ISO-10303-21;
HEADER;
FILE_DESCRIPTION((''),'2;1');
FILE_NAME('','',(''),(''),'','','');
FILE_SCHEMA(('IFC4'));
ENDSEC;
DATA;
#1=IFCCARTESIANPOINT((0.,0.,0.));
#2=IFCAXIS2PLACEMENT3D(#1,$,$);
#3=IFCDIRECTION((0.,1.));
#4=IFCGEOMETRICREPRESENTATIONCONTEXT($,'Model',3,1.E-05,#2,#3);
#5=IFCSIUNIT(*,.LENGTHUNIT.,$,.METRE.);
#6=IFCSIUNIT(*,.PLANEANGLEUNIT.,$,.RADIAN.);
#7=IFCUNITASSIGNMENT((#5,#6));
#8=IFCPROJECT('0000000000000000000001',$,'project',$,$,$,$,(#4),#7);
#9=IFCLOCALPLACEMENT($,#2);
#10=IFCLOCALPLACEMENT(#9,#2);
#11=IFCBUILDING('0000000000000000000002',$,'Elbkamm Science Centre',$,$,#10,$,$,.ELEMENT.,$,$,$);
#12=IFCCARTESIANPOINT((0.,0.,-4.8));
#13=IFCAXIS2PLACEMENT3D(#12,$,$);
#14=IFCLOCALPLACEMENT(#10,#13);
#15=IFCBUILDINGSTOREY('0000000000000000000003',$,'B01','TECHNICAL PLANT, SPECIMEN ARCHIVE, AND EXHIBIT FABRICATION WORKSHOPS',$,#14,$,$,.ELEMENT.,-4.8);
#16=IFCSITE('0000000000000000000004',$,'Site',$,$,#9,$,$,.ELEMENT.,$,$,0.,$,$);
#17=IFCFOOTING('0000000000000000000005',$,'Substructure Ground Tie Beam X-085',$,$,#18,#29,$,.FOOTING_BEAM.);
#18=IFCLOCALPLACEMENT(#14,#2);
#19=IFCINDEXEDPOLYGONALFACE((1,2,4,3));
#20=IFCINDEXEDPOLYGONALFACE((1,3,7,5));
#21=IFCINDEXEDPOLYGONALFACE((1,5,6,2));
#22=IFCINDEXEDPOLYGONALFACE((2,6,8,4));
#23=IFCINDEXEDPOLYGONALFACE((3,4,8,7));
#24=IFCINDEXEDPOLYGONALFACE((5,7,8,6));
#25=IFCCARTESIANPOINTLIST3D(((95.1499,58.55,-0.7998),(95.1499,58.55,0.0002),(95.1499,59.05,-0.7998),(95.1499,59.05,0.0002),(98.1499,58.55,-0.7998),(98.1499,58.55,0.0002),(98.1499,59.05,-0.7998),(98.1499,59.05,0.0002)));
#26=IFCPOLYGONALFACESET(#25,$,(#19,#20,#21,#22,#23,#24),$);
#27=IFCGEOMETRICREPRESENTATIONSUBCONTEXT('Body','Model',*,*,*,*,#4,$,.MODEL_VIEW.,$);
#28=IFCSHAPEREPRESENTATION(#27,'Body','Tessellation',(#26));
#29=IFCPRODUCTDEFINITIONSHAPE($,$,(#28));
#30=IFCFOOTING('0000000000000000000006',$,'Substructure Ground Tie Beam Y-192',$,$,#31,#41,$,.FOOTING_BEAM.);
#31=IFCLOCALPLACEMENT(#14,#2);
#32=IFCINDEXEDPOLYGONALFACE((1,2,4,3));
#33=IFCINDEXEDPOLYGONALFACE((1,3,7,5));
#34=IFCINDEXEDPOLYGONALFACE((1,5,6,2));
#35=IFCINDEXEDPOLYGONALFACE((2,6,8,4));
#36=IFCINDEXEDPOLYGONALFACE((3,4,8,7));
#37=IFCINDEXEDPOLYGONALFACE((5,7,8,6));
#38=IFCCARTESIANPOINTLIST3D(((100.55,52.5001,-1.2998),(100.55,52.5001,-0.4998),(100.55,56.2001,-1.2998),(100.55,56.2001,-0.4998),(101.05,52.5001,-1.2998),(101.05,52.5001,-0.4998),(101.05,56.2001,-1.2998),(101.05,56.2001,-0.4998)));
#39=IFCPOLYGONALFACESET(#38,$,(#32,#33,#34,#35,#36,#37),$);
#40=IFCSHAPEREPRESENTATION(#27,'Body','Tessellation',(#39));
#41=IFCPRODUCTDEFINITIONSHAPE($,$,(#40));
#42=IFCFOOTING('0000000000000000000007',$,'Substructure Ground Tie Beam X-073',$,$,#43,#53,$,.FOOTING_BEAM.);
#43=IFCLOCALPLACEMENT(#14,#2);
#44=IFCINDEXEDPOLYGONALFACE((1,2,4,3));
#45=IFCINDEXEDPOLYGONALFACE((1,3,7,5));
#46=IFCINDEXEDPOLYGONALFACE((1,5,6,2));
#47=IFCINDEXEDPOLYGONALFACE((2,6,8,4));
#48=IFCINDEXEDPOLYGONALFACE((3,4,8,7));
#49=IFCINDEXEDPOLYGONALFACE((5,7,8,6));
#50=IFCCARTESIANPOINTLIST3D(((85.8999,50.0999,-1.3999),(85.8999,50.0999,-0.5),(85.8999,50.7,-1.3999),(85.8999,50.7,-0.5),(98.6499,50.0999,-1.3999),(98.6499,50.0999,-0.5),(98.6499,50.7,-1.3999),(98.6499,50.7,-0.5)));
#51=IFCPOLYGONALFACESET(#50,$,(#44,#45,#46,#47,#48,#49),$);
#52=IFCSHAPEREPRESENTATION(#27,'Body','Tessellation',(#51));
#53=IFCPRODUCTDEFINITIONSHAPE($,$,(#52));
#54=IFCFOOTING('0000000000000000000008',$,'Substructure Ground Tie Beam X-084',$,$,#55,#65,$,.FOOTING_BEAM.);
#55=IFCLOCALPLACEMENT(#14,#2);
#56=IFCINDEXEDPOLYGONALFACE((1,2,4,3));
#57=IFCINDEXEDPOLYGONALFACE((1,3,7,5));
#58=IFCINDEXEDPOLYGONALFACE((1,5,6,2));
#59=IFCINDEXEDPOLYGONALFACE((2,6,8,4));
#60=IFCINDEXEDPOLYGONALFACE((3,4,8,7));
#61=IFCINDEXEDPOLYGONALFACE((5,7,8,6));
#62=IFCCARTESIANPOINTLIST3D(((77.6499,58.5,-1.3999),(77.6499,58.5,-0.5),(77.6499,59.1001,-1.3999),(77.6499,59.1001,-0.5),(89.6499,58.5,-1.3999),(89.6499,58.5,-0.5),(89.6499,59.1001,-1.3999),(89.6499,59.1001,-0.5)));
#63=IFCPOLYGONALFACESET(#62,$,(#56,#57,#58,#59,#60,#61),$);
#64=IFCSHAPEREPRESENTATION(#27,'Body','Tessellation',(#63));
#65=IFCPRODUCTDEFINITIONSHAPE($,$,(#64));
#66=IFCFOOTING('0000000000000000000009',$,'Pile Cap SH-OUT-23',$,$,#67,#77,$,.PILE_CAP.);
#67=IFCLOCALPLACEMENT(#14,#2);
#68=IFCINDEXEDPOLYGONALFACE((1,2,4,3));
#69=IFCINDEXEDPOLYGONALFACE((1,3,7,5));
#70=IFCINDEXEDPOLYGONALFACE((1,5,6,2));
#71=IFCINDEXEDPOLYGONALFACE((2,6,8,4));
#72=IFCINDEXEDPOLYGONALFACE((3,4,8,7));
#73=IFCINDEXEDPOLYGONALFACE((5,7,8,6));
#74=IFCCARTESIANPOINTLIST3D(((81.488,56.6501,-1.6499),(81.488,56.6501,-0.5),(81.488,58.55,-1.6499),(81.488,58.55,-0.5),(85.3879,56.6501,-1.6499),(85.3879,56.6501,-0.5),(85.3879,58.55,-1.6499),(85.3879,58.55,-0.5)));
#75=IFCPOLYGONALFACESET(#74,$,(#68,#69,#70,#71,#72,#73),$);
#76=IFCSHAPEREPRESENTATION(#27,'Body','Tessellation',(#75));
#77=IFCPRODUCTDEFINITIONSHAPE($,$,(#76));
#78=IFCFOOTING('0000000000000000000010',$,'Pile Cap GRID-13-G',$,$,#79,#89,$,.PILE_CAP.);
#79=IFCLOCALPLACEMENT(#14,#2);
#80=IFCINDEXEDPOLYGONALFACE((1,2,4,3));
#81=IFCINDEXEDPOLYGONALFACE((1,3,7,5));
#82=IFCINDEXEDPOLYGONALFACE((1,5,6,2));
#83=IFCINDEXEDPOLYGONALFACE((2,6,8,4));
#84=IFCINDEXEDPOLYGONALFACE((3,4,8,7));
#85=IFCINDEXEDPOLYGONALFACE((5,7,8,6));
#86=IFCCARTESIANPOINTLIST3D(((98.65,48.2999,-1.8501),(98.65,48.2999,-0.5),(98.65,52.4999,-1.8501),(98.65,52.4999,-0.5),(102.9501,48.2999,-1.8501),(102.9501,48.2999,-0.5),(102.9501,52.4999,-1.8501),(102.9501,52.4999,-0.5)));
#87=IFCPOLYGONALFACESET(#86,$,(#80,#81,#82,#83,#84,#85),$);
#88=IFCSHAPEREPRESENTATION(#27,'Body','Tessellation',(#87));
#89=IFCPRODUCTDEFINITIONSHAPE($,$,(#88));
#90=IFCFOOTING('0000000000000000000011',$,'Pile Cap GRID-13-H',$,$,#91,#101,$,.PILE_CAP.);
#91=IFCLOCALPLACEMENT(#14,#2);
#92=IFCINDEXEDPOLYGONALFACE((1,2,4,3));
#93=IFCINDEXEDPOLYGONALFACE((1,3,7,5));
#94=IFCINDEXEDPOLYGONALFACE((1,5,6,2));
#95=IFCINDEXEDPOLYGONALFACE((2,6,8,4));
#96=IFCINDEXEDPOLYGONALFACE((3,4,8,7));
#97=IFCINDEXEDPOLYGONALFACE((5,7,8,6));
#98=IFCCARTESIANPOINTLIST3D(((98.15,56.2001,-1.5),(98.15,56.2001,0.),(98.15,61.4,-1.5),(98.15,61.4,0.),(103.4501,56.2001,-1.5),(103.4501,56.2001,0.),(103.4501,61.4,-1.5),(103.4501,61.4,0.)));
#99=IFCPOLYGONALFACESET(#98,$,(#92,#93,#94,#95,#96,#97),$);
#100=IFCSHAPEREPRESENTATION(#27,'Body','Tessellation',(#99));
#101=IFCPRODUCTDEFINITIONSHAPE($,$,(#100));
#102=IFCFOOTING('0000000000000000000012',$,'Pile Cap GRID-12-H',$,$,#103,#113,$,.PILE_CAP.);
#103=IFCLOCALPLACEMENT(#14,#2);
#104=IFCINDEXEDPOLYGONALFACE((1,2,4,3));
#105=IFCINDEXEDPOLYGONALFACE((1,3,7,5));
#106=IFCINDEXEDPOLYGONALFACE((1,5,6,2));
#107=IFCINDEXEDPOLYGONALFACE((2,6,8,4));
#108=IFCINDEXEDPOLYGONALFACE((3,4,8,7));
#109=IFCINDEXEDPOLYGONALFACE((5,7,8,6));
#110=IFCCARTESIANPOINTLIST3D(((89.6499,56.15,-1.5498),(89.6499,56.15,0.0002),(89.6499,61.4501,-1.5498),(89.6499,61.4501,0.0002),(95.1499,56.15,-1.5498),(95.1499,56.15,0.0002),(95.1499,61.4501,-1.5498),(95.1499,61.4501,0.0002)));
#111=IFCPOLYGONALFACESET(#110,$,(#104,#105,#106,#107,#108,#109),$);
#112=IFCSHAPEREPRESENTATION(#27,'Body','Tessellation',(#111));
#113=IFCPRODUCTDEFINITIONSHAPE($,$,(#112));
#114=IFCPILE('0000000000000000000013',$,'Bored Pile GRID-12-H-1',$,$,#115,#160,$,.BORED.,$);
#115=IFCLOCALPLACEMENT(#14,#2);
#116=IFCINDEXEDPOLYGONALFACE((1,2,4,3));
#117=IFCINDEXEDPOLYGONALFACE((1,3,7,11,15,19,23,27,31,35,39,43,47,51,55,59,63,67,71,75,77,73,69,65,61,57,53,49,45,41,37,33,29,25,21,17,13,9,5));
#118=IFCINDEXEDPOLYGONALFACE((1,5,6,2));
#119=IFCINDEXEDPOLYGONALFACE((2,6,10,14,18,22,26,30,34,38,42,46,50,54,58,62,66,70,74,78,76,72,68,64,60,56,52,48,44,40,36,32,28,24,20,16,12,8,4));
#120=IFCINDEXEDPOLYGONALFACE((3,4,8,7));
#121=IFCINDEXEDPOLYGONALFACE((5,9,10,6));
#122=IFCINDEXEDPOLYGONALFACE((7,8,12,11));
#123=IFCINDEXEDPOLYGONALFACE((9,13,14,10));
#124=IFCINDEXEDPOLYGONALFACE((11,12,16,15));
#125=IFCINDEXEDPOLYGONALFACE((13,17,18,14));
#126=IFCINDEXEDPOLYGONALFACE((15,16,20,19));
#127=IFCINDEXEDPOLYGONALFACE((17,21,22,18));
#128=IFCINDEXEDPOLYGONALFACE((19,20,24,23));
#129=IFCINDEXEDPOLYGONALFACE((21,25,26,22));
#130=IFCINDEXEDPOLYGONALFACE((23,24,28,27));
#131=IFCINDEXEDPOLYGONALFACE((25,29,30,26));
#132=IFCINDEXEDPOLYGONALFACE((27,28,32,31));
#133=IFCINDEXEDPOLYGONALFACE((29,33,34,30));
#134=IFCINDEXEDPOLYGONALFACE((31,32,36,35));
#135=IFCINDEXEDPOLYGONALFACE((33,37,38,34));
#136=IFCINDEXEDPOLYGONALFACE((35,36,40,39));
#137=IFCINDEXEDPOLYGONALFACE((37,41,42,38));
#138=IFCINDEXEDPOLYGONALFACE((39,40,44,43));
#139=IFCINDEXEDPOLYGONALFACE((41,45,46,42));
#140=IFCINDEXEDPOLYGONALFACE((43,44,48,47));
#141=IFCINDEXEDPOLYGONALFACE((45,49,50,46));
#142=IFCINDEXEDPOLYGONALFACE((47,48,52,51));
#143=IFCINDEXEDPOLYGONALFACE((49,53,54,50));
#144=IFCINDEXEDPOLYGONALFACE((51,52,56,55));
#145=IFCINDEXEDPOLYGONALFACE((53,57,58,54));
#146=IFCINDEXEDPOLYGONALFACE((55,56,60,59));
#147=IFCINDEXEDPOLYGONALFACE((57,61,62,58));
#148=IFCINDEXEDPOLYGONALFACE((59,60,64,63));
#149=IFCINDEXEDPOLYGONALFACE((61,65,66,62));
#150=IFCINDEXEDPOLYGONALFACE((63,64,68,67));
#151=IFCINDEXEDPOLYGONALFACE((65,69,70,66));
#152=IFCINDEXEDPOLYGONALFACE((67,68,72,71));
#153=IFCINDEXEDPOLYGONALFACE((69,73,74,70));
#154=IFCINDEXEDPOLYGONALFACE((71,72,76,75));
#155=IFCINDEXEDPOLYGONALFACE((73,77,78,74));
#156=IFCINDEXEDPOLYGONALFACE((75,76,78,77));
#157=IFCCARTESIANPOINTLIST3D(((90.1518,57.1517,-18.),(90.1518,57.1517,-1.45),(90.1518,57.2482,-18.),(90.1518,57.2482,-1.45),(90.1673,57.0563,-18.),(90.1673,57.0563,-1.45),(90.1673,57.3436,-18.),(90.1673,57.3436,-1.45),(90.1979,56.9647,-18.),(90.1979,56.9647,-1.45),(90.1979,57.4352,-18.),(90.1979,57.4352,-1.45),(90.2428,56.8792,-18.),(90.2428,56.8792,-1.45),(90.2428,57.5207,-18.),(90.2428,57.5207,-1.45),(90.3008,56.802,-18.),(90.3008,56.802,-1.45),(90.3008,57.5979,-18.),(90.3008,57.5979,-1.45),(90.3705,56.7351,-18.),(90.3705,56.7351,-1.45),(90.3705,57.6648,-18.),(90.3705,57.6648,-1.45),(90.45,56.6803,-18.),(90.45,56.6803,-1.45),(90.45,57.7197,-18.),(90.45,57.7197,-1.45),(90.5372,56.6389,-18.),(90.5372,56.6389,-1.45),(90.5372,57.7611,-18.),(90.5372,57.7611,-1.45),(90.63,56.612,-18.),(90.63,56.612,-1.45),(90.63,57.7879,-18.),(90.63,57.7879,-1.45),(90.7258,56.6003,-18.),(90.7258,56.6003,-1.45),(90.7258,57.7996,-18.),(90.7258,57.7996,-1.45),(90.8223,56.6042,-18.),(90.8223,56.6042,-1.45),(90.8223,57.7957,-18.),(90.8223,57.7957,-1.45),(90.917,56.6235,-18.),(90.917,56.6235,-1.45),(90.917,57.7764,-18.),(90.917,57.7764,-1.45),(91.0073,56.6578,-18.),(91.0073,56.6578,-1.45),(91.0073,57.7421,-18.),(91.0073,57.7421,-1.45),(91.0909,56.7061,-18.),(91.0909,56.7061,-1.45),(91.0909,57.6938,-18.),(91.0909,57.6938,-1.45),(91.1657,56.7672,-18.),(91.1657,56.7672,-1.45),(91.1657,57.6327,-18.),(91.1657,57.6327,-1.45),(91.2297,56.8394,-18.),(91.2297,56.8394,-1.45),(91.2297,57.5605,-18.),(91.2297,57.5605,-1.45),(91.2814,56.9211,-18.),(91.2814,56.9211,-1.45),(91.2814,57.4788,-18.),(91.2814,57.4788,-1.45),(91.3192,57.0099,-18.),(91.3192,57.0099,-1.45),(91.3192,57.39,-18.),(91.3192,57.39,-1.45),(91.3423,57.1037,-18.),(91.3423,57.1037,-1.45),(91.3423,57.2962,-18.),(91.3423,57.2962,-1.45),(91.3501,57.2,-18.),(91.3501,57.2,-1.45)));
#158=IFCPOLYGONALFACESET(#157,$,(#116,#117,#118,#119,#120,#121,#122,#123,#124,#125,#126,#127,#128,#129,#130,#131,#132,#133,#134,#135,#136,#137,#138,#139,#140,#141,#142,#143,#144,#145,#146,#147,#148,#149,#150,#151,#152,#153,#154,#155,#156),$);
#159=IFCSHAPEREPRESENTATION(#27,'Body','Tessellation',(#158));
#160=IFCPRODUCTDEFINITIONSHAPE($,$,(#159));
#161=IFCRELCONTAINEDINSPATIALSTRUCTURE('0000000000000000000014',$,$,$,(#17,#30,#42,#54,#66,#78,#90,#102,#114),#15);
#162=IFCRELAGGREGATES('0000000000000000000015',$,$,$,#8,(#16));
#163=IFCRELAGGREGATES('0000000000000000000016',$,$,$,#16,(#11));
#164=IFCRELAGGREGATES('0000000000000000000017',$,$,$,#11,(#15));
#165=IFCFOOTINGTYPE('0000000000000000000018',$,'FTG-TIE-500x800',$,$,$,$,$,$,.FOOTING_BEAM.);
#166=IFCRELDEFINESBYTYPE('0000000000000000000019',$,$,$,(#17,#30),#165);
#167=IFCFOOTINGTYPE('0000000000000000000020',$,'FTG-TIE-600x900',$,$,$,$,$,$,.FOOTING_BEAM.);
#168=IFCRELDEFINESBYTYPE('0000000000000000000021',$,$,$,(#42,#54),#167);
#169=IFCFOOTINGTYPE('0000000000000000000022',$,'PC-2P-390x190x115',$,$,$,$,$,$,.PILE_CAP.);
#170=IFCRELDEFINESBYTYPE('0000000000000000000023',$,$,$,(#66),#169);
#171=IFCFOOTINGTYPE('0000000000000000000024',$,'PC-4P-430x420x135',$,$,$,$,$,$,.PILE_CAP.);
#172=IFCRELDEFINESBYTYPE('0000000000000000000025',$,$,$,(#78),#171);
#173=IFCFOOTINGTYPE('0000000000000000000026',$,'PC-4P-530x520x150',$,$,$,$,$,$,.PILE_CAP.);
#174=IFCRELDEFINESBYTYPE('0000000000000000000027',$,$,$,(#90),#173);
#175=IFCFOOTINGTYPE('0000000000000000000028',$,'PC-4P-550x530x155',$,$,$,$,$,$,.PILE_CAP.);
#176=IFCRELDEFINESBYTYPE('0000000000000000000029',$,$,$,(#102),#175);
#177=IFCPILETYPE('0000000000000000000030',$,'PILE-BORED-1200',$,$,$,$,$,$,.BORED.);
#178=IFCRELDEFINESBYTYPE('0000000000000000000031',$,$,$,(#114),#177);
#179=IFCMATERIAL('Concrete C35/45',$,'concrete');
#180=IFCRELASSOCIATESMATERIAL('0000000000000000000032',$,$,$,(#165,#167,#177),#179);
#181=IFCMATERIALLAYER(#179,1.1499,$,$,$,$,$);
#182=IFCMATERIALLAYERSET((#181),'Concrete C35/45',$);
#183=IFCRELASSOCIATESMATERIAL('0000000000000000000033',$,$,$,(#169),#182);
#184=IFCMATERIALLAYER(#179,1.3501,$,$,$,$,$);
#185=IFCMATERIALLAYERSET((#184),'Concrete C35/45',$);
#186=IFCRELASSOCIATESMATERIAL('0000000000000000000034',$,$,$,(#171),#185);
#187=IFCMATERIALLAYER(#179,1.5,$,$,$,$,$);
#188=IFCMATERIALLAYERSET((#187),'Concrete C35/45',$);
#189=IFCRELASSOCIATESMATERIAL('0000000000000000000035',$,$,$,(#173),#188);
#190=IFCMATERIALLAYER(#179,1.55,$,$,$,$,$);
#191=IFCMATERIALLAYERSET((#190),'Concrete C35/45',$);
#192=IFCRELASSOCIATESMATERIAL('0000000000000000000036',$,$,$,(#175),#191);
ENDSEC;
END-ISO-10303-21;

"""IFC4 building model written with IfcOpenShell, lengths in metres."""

from ifc_helpers import new_model, si_unit, direction, frame, origin, origin_2d, place, context, subcontext, project, spatial, rectangle, circle, extrude, material, layer, layer_set, material_profile, profile_set, type_object, element, save


model = new_model("IFC4")

# Units and contexts
model_context = context("Model", 3, precision=1e-05, world=origin(), true_north=direction((0.0, 1.0)))
body_context = subcontext(model_context, "Body", "Model", "MODEL_VIEW")
ifc_project = project(units=[si_unit("LENGTHUNIT", "METRE"), si_unit("PLANEANGLEUNIT", "RADIAN")], contexts=[model_context])

# Site, building, storey
site_placement = place(None, origin())
site = spatial("IfcSite", under=ifc_project, at=site_placement, Name="Site", CompositionType="ELEMENT", RefElevation=0.0)
building_placement = place(site_placement, origin())
building = spatial("IfcBuilding", under=site, at=building_placement, Name="Elbkamm Science Centre", CompositionType="ELEMENT")
storey_placement = place(building_placement, frame((0.0, 0.0, -4.8)))
storey = spatial("IfcBuildingStorey", under=building, at=storey_placement, Name="B01", Description="TECHNICAL PLANT, SPECIMEN ARCHIVE, AND EXHIBIT FABRICATION WORKSHOPS", CompositionType="ELEMENT", Elevation=-4.8)

# Footings
ifc_material_1 = material(Name="Concrete C35/45", Category="concrete")
footing_type_1 = type_object("IfcFootingType", Name="FTG-TIE-500x800", PredefinedType="FOOTING_BEAM", material=ifc_material_1)
footing_1_placement = place(storey_placement, frame((96.6499, 58.8, -0.7998), z_axis=(0.0, 0.0, 1.0), x_axis=(1.0, 0.0, 0.0)))
element("IfcFooting", 1, at=footing_1_placement, inside=storey, type_object=footing_type_1, Name="Substructure Ground Tie Beam X-085", PredefinedType="FOOTING_BEAM", context=body_context, shape_type="SweptSolid", body=[
    extrude(rectangle(XDim=3.0, YDim=0.5, at=origin_2d()), origin(), (0.0, 0.0, 1.0), 0.8),
])
footing_2_placement = place(storey_placement, frame((100.8, 54.3501, -1.2998), z_axis=(0.0, 0.0, 1.0), x_axis=(1.0, 0.0, 0.0)))
element("IfcFooting", 2, at=footing_2_placement, inside=storey, type_object=footing_type_1, Name="Substructure Ground Tie Beam Y-192", PredefinedType="FOOTING_BEAM", context=body_context, shape_type="SweptSolid", body=[
    extrude(rectangle(XDim=0.5, YDim=3.7, at=origin_2d()), origin(), (0.0, 0.0, 1.0), 0.8),
])
footing_type_2 = type_object("IfcFootingType", Name="FTG-TIE-600x900", PredefinedType="FOOTING_BEAM", material=ifc_material_1)
footing_3_placement = place(storey_placement, frame((92.2749, 50.3999, -1.3999), z_axis=(0.0, 0.0, 1.0), x_axis=(1.0, 0.0, 0.0)))
element("IfcFooting", 3, at=footing_3_placement, inside=storey, type_object=footing_type_2, Name="Substructure Ground Tie Beam X-073", PredefinedType="FOOTING_BEAM", context=body_context, shape_type="SweptSolid", body=[
    extrude(rectangle(XDim=12.75, YDim=0.6001, at=origin_2d()), origin(), (0.0, 0.0, 1.0), 0.8999),
])
footing_4_placement = place(storey_placement, frame((83.6499, 58.8, -1.3999), z_axis=(0.0, 0.0, 1.0), x_axis=(1.0, 0.0, 0.0)))
element("IfcFooting", 4, at=footing_4_placement, inside=storey, type_object=footing_type_2, Name="Substructure Ground Tie Beam X-084", PredefinedType="FOOTING_BEAM", context=body_context, shape_type="SweptSolid", body=[
    extrude(rectangle(XDim=12.0, YDim=0.6001, at=origin_2d()), origin(), (0.0, 0.0, 1.0), 0.8999),
])
ifc_layer_1 = layer(ifc_material_1, 1.1499)
ifc_layer_set_1 = layer_set([ifc_layer_1], Name="Concrete C35/45")
footing_type_3 = type_object("IfcFootingType", Name="PC-2P-390x190x115", PredefinedType="PILE_CAP", material=ifc_layer_set_1)
footing_5_placement = place(storey_placement, frame((83.438, 57.6001, -1.6499), z_axis=(0.0, 0.0, 1.0), x_axis=(1.0, 0.0, 0.0)))
element("IfcFooting", 5, at=footing_5_placement, inside=storey, type_object=footing_type_3, Name="Pile Cap SH-OUT-23", PredefinedType="PILE_CAP", context=body_context, shape_type="SweptSolid", body=[
    extrude(rectangle(XDim=3.8999, YDim=1.8999, at=origin_2d()), origin(), (0.0, 0.0, 1.0), 1.1499),
])
ifc_layer_2 = layer(ifc_material_1, 1.3501)
ifc_layer_set_2 = layer_set([ifc_layer_2], Name="Concrete C35/45")
footing_type_4 = type_object("IfcFootingType", Name="PC-4P-430x420x135", PredefinedType="PILE_CAP", material=ifc_layer_set_2)
footing_6_placement = place(storey_placement, frame((100.8, 50.3999, -1.8501), z_axis=(0.0, 0.0, 1.0), x_axis=(1.0, 0.0, 0.0)))
element("IfcFooting", 6, at=footing_6_placement, inside=storey, type_object=footing_type_4, Name="Pile Cap GRID-13-G", PredefinedType="PILE_CAP", context=body_context, shape_type="SweptSolid", body=[
    extrude(rectangle(XDim=4.3, YDim=4.2, at=origin_2d()), origin(), (0.0, 0.0, 1.0), 1.3501),
])
ifc_layer_3 = layer(ifc_material_1, 1.5)
ifc_layer_set_3 = layer_set([ifc_layer_3], Name="Concrete C35/45")
footing_type_5 = type_object("IfcFootingType", Name="PC-4P-530x520x150", PredefinedType="PILE_CAP", material=ifc_layer_set_3)
footing_7_placement = place(storey_placement, frame((100.8, 58.8, -1.5), z_axis=(0.0, 0.0, 1.0), x_axis=(1.0, 0.0, 0.0)))
element("IfcFooting", 7, at=footing_7_placement, inside=storey, type_object=footing_type_5, Name="Pile Cap GRID-13-H", PredefinedType="PILE_CAP", context=body_context, shape_type="SweptSolid", body=[
    extrude(rectangle(XDim=5.3, YDim=5.2, at=origin_2d()), origin(), (0.0, 0.0, 1.0), 1.5),
])
ifc_layer_4 = layer(ifc_material_1, 1.55)
ifc_layer_set_4 = layer_set([ifc_layer_4], Name="Concrete C35/45")
footing_type_6 = type_object("IfcFootingType", Name="PC-4P-550x530x155", PredefinedType="PILE_CAP", material=ifc_layer_set_4)
footing_8_placement = place(storey_placement, frame((92.3999, 58.8, -1.5498), z_axis=(0.0, 0.0, 1.0), x_axis=(1.0, 0.0, 0.0)))
element("IfcFooting", 8, at=footing_8_placement, inside=storey, type_object=footing_type_6, Name="Pile Cap GRID-12-H", PredefinedType="PILE_CAP", context=body_context, shape_type="SweptSolid", body=[
    extrude(rectangle(XDim=5.5, YDim=5.3, at=origin_2d()), origin(), (0.0, 0.0, 1.0), 1.55),
])

# Pile
ifc_material_profile_1 = material_profile(ifc_material_1, circle(Radius=0.6001, at=origin_2d()), Name="PILE D1200")
ifc_profile_set_1 = profile_set([ifc_material_profile_1], Name="Concrete C35/45")
pile_type_1 = type_object("IfcPileType", Name="PILE-BORED-1200", PredefinedType="BORED", material=ifc_profile_set_1)
for number, where, z_axis, x_axis, name in (
    (9, (90.75, 57.2, -1.45), (0.0, 0.0, -1.0), (1.0, 0.0, 0.0), "Bored Pile GRID-12-H-1"),
):
    element("IfcPile", number, at=place(storey_placement, frame(where, z_axis=z_axis, x_axis=x_axis)), inside=storey, type_object=pile_type_1, Name=name, PredefinedType="BORED", context=body_context, shape_type="SweptSolid", body=[
        extrude(circle(Radius=0.6001, at=origin_2d()), origin(), (0.0, 0.0, 1.0), 16.55),
    ])

save(model, "model.ifc")
